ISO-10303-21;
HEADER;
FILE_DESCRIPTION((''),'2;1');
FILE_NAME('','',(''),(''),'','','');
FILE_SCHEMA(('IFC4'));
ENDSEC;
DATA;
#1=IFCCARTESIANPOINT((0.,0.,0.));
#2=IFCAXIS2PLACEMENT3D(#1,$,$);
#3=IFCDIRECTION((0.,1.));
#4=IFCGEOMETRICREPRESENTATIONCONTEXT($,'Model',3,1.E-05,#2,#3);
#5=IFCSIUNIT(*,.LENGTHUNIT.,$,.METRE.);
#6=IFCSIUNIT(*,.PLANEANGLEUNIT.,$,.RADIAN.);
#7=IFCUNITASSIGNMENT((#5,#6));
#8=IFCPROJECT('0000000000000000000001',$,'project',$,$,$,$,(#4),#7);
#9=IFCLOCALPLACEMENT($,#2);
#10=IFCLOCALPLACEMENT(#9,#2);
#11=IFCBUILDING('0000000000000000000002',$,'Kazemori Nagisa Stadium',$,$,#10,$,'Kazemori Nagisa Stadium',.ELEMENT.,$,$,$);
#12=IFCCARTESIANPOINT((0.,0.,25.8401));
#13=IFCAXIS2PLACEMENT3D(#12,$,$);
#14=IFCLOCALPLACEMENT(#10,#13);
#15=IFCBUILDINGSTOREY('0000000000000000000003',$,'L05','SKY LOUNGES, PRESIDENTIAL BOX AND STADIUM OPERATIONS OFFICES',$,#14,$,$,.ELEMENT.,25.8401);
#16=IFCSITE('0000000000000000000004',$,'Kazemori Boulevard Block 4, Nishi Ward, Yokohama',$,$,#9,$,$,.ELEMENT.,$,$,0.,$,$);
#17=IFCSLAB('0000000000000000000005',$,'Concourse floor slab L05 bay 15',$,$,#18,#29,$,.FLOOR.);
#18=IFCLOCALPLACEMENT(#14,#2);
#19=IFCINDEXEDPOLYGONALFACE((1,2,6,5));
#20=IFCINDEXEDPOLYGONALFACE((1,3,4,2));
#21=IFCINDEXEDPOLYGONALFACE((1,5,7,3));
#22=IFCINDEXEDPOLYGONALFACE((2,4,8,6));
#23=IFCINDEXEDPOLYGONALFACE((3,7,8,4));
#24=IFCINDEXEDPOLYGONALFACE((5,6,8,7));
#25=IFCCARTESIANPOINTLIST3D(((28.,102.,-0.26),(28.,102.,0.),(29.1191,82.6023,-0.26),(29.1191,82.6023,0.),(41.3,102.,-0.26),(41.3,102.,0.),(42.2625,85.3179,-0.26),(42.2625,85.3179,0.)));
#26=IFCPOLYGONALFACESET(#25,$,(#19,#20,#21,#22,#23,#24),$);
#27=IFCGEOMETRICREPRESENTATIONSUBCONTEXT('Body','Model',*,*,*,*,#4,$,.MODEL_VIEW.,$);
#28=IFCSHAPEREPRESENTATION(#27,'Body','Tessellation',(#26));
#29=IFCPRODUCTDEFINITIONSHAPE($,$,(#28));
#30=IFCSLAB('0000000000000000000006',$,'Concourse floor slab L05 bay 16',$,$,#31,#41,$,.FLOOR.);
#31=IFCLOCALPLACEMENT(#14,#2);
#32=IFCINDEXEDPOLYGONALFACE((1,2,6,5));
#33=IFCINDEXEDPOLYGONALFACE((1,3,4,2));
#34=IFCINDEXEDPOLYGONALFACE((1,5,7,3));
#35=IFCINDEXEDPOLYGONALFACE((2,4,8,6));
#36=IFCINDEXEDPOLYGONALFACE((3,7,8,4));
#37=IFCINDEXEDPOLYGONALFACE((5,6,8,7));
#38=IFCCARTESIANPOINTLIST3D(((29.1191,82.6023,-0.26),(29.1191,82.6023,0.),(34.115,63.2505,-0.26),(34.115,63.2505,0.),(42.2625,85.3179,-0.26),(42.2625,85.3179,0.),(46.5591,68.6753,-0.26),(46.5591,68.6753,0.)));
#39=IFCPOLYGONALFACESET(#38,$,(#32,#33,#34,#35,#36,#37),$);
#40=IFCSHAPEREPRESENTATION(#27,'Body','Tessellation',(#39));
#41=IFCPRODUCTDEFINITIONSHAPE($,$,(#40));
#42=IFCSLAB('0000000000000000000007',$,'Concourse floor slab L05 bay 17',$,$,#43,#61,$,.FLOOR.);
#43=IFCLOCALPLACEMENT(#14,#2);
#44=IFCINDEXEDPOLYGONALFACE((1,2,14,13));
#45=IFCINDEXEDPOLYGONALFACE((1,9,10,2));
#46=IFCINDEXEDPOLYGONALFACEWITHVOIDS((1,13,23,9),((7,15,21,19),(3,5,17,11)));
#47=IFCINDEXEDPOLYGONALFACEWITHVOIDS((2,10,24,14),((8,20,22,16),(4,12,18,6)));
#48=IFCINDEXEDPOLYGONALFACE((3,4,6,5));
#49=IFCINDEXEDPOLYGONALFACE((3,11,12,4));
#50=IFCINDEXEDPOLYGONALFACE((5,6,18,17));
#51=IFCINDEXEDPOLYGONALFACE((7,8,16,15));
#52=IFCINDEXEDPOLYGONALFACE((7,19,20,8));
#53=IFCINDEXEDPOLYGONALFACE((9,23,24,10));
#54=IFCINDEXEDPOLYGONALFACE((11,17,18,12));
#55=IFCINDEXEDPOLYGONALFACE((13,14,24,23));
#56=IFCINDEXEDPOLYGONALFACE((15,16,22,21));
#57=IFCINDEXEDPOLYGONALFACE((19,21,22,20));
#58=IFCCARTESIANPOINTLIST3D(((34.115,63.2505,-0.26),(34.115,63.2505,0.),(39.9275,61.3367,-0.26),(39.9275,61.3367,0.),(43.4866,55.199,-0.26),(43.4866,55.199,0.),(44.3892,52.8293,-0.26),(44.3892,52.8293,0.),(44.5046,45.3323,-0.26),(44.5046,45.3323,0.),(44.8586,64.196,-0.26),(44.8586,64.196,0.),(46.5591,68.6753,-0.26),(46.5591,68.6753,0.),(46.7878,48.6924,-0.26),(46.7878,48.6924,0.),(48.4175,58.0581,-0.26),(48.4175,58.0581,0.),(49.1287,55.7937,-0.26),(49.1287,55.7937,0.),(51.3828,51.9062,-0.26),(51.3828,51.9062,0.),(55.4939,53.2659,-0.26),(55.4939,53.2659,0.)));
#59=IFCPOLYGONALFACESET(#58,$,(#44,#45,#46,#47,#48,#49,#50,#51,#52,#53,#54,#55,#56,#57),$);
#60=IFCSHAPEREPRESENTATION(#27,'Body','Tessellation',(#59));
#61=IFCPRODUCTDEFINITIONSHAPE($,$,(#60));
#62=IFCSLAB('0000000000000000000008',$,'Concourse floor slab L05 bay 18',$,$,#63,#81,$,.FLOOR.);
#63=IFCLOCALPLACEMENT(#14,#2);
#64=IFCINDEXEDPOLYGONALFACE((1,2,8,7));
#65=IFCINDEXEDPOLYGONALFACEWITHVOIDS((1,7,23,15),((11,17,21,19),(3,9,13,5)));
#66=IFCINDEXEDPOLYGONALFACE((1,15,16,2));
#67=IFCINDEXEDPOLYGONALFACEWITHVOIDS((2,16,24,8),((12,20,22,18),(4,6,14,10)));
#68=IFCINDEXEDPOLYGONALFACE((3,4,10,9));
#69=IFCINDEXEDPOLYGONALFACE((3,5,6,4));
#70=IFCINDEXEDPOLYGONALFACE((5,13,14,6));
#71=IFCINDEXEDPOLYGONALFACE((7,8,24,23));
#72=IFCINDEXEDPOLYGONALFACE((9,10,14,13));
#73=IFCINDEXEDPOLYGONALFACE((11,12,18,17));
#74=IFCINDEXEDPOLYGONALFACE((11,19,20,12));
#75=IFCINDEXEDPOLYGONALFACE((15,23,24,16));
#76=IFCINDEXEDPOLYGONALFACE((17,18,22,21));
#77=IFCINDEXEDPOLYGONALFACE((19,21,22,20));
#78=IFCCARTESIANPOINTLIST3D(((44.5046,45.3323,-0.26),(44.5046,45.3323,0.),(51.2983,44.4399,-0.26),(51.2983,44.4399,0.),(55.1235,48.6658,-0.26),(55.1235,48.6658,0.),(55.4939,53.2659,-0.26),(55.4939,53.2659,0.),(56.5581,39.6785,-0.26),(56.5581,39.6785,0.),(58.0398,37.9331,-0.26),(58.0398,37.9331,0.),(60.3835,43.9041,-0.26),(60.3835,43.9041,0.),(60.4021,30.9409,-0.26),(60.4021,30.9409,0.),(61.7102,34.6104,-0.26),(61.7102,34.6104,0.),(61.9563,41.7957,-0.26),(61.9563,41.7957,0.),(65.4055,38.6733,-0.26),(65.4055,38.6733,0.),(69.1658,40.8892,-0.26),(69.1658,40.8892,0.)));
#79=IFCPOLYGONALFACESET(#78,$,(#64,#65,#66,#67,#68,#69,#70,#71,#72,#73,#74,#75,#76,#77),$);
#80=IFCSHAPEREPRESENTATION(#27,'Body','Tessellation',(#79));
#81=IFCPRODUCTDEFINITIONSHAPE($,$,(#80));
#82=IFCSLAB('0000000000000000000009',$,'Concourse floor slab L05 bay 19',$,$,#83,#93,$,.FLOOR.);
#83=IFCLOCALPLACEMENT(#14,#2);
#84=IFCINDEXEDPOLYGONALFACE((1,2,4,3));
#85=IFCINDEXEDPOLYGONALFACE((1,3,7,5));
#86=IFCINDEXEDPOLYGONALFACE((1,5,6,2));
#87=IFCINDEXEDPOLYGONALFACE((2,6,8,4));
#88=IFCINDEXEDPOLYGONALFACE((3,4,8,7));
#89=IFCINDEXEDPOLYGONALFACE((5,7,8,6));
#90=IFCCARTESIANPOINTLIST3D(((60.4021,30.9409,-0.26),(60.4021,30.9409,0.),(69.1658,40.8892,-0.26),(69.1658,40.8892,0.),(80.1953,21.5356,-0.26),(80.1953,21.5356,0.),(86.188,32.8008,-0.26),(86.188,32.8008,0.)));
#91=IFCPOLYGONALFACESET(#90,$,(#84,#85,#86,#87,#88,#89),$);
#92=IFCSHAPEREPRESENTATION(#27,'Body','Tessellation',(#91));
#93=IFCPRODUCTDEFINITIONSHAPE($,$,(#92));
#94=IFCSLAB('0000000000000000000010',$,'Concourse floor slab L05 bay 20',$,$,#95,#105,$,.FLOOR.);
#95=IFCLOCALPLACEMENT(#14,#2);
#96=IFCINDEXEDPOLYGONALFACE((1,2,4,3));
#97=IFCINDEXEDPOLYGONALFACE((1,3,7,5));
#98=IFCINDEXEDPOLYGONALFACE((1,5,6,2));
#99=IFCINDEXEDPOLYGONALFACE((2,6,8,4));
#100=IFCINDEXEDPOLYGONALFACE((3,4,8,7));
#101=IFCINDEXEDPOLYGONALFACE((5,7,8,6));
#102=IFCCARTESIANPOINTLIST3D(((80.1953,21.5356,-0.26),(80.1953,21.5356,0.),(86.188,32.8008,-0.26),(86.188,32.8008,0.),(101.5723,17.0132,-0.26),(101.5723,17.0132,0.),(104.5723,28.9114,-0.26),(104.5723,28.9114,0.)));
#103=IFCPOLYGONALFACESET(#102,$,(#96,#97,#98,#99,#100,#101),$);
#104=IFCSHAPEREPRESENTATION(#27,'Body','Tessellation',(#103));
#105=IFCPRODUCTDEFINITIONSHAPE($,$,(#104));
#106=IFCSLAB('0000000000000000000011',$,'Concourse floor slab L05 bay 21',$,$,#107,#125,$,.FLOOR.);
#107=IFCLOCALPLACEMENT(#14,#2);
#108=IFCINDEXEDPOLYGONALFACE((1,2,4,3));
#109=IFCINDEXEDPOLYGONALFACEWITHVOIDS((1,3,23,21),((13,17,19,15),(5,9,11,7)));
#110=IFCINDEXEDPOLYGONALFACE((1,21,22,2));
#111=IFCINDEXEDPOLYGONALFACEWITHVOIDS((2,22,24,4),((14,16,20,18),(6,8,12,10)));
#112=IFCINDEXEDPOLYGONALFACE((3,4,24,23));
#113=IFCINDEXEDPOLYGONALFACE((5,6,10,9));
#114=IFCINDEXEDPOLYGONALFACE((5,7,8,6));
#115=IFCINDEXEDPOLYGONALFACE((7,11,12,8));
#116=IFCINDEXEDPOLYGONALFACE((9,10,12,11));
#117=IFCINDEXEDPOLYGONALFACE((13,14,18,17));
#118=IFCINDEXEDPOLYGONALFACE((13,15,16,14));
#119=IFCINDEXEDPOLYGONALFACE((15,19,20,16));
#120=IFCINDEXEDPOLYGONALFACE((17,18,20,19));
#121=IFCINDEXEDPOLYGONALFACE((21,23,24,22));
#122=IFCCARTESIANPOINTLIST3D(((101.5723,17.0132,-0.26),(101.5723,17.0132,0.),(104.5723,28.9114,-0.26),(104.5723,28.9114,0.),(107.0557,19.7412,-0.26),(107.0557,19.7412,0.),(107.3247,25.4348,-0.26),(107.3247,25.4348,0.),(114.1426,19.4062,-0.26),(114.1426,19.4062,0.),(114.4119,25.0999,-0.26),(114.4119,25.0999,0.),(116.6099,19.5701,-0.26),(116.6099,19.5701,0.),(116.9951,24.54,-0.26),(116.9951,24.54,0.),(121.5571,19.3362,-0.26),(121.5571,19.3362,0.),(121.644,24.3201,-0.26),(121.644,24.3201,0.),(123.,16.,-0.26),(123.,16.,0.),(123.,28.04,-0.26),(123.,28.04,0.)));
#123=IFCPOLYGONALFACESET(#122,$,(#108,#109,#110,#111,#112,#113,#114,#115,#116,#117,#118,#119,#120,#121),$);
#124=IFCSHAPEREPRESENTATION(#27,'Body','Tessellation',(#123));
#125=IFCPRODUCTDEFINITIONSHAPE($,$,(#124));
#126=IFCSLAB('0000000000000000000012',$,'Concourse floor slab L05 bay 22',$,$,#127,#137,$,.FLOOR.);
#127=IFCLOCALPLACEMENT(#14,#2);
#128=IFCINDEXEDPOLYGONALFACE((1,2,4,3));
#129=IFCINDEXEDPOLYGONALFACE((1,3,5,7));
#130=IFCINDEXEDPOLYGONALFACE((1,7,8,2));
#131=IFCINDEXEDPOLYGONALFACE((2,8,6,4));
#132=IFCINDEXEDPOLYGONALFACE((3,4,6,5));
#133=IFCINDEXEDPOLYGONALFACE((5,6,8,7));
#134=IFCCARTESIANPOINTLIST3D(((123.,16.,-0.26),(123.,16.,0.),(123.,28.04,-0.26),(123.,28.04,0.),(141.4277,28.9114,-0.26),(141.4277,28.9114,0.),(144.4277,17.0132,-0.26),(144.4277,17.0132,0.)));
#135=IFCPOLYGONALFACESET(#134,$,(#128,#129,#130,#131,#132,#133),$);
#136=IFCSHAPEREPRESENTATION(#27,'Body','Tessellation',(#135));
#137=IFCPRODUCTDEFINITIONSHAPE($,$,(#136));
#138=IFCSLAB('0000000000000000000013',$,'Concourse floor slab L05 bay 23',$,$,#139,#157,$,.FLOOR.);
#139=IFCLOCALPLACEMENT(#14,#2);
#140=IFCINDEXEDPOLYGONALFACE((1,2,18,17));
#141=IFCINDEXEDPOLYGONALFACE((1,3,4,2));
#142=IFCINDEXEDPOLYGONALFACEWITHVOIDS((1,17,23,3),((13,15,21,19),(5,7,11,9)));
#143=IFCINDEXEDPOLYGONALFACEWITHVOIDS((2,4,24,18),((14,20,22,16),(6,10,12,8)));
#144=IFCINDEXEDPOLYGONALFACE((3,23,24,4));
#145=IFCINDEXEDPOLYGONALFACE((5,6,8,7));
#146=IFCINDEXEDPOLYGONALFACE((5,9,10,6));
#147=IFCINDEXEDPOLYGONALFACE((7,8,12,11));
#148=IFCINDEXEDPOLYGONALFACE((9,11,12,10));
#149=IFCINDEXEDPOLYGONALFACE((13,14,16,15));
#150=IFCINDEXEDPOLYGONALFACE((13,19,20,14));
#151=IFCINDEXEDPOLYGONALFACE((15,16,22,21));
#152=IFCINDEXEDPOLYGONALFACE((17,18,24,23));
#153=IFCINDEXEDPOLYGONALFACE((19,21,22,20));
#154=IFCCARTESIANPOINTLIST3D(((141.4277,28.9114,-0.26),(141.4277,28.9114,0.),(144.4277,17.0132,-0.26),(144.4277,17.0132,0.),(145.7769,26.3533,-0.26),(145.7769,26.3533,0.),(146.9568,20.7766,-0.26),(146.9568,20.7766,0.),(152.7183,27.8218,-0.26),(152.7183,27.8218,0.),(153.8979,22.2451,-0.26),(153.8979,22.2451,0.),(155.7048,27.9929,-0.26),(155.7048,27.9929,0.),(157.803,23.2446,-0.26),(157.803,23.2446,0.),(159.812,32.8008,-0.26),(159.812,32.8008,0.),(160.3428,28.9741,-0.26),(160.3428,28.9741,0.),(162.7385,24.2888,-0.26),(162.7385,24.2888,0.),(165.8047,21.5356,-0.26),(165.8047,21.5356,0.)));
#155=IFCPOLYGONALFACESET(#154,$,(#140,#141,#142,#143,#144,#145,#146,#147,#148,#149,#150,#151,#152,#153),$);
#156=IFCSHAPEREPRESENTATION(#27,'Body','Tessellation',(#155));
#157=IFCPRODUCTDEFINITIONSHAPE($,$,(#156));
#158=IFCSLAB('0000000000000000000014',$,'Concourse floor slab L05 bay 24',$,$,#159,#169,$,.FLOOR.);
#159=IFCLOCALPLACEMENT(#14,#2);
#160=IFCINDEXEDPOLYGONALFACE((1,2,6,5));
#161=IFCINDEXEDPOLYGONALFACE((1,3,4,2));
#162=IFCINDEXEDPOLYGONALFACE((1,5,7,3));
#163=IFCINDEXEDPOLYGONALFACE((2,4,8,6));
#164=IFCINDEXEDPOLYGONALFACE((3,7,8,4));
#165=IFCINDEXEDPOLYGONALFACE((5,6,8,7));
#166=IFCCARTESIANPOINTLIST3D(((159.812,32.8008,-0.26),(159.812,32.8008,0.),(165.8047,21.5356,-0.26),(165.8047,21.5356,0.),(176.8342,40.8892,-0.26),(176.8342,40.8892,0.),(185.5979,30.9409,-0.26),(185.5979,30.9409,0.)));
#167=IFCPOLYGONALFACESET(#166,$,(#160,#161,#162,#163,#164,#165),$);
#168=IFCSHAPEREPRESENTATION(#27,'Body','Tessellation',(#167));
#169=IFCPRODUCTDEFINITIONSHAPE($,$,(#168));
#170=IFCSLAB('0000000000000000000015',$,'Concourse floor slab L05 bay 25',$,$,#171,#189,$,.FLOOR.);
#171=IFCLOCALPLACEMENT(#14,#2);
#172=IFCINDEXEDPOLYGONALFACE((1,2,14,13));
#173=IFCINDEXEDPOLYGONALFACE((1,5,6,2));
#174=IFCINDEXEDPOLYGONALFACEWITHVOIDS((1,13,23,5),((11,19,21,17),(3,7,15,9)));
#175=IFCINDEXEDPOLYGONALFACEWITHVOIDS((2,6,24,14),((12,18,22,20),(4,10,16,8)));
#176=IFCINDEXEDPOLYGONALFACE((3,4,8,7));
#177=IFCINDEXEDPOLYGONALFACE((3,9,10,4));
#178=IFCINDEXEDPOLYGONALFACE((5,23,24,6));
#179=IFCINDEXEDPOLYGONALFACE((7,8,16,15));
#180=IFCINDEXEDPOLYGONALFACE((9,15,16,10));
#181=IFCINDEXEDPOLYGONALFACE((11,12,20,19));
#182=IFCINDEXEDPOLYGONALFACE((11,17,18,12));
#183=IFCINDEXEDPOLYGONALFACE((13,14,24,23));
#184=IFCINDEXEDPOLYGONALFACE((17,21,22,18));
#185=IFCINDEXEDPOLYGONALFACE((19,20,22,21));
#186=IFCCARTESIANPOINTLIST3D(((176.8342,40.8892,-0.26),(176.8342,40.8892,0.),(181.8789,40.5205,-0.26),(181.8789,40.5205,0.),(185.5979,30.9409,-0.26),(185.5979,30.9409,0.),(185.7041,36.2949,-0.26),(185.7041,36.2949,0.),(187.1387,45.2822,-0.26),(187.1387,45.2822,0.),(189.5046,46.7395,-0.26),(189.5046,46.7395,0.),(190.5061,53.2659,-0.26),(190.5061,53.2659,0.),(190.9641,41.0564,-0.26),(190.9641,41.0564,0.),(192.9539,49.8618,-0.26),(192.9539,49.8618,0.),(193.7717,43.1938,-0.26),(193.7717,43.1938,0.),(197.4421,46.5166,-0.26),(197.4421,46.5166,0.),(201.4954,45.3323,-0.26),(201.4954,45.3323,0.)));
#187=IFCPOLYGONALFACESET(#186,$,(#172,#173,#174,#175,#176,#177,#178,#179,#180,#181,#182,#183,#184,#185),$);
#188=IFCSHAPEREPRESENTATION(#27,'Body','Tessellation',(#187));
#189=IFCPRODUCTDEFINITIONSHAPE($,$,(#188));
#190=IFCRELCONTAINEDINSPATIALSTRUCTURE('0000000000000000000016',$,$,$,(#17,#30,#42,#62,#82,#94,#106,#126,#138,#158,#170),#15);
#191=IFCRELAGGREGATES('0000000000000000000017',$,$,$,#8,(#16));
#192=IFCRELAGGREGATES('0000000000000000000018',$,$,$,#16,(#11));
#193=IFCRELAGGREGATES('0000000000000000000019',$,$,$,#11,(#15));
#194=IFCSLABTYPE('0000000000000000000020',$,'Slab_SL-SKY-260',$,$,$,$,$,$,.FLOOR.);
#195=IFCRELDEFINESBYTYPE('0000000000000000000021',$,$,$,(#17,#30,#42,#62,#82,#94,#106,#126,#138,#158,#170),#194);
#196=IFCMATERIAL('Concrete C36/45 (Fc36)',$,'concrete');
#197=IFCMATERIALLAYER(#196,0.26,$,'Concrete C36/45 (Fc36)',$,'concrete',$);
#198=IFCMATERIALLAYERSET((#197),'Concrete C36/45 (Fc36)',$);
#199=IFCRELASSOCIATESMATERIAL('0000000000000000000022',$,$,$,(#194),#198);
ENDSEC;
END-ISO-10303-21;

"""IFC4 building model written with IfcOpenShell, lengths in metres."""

from ifc_helpers import new_model, si_unit, direction, frame, origin, place, context, subcontext, project, spatial, polyline, outline, extrude, material, layer, layer_set, type_object, element, save


model = new_model("IFC4")

# Units and contexts
model_context = context("Model", 3, precision=1e-05, world=origin(), true_north=direction((0.0, 1.0)))
body_context = subcontext(model_context, "Body", "Model", "MODEL_VIEW")
ifc_project = project(units=[si_unit("LENGTHUNIT", "METRE"), si_unit("PLANEANGLEUNIT", "RADIAN")], contexts=[model_context])

# Site, building, storey
site_placement = place(None, origin())
site = spatial("IfcSite", under=ifc_project, at=site_placement, Name="Kazemori Boulevard Block 4, Nishi Ward, Yokohama", CompositionType="ELEMENT", RefElevation=0.0)
building_placement = place(site_placement, origin())
building = spatial("IfcBuilding", under=site, at=building_placement, Name="Kazemori Nagisa Stadium", LongName="Kazemori Nagisa Stadium", CompositionType="ELEMENT")
storey_placement = place(building_placement, frame((0.0, 0.0, 25.8401)))
storey = spatial("IfcBuildingStorey", under=building, at=storey_placement, Name="L05", Description="SKY LOUNGES, PRESIDENTIAL BOX AND STADIUM OPERATIONS OFFICES", CompositionType="ELEMENT", Elevation=25.8401)

# Slabs
ifc_material = material(Name="Concrete C36/45 (Fc36)", Category="concrete")
ifc_layer = layer(ifc_material, 0.26, Name="Concrete C36/45 (Fc36)", Category="concrete")
ifc_layer_set = layer_set([ifc_layer], Name="Concrete C36/45 (Fc36)")
slab_type = type_object("IfcSlabType", Name="Slab_SL-SKY-260", PredefinedType="FLOOR", material=ifc_layer_set)
slab_1_placement = place(storey_placement, frame((0.0, 0.0, -0.26)))
element("IfcSlab", 1, at=slab_1_placement, inside=storey, type_object=slab_type, Name="Concourse floor slab L05 bay 15", PredefinedType="FLOOR", context=body_context, shape_type="SweptSolid", body=[
    extrude(outline(polyline([(41.3, 102.0), (42.2625, 85.3179), (29.1191, 82.6023), (28.0, 102.0), (41.3, 102.0)])), origin(), (0.0, 0.0, 1.0), 0.26),
])
slab_2_placement = place(storey_placement, frame((0.0, 0.0, -0.26)))
element("IfcSlab", 2, at=slab_2_placement, inside=storey, type_object=slab_type, Name="Concourse floor slab L05 bay 16", PredefinedType="FLOOR", context=body_context, shape_type="SweptSolid", body=[
    extrude(outline(polyline([(42.2625, 85.3179), (46.5591, 68.6753), (34.115, 63.2505), (29.1191, 82.6023), (42.2625, 85.3179)])), origin(), (0.0, 0.0, 1.0), 0.26),
])
slab_3_placement = place(storey_placement, frame((0.0, 0.0, -0.26)))
element("IfcSlab", 3, at=slab_3_placement, inside=storey, type_object=slab_type, Name="Concourse floor slab L05 bay 17", PredefinedType="FLOOR", context=body_context, shape_type="SweptSolid", body=[
    extrude(outline(polyline([(46.5591, 68.6753), (55.4939, 53.2659), (44.5046, 45.3323), (34.115, 63.2505), (46.5591, 68.6753)]), holes=[polyline([(44.8586, 64.196), (48.4175, 58.0581), (43.4866, 55.199), (39.9275, 61.3367), (44.8586, 64.196)]), polyline([(49.1287, 55.7937), (51.3828, 51.9062), (46.7878, 48.6924), (44.3892, 52.8293), (49.1287, 55.7937)])]), origin(), (0.0, 0.0, 1.0), 0.26),
])
slab_4_placement = place(storey_placement, frame((0.0, 0.0, -0.26)))
element("IfcSlab", 4, at=slab_4_placement, inside=storey, type_object=slab_type, Name="Concourse floor slab L05 bay 18", PredefinedType="FLOOR", context=body_context, shape_type="SweptSolid", body=[
    extrude(outline(polyline([(55.4939, 53.2659), (69.1658, 40.8892), (60.4021, 30.9409), (44.5046, 45.3323), (55.4939, 53.2659)]), holes=[polyline([(55.1235, 48.6658), (60.3835, 43.9041), (56.5581, 39.6785), (51.2983, 44.4399), (55.1235, 48.6658)]), polyline([(61.9563, 41.7957), (65.4055, 38.6733), (61.7102, 34.6104), (58.0398, 37.9331), (61.9563, 41.7957)])]), origin(), (0.0, 0.0, 1.0), 0.26),
])
slab_5_placement = place(storey_placement, frame((0.0, 0.0, -0.26)))
element("IfcSlab", 5, at=slab_5_placement, inside=storey, type_object=slab_type, Name="Concourse floor slab L05 bay 19", PredefinedType="FLOOR", context=body_context, shape_type="SweptSolid", body=[
    extrude(outline(polyline([(69.1658, 40.8892), (86.188, 32.8008), (80.1953, 21.5356), (60.4021, 30.9409), (69.1658, 40.8892)])), origin(), (0.0, 0.0, 1.0), 0.26),
])
slab_6_placement = place(storey_placement, frame((0.0, 0.0, -0.26)))
element("IfcSlab", 6, at=slab_6_placement, inside=storey, type_object=slab_type, Name="Concourse floor slab L05 bay 20", PredefinedType="FLOOR", context=body_context, shape_type="SweptSolid", body=[
    extrude(outline(polyline([(86.188, 32.8008), (104.5723, 28.9114), (101.5723, 17.0132), (80.1953, 21.5356), (86.188, 32.8008)])), origin(), (0.0, 0.0, 1.0), 0.26),
])
slab_7_placement = place(storey_placement, frame((0.0, 0.0, -0.26)))
element("IfcSlab", 7, at=slab_7_placement, inside=storey, type_object=slab_type, Name="Concourse floor slab L05 bay 21", PredefinedType="FLOOR", context=body_context, shape_type="SweptSolid", body=[
    extrude(outline(polyline([(104.5723, 28.9114), (123.0, 28.04), (123.0, 16.0), (101.5723, 17.0132), (104.5723, 28.9114)]), holes=[polyline([(107.3247, 25.4348), (114.4119, 25.0999), (114.1426, 19.4062), (107.0557, 19.7412), (107.3247, 25.4348)]), polyline([(116.9951, 24.54), (121.644, 24.3201), (121.5571, 19.3362), (116.6099, 19.5701), (116.9951, 24.54)])]), origin(), (0.0, 0.0, 1.0), 0.26),
])
slab_8_placement = place(storey_placement, frame((0.0, 0.0, -0.26)))
element("IfcSlab", 8, at=slab_8_placement, inside=storey, type_object=slab_type, Name="Concourse floor slab L05 bay 22", PredefinedType="FLOOR", context=body_context, shape_type="SweptSolid", body=[
    extrude(outline(polyline([(123.0, 28.04), (141.4277, 28.9114), (144.4277, 17.0132), (123.0, 16.0), (123.0, 28.04)])), origin(), (0.0, 0.0, 1.0), 0.26),
])
slab_9_placement = place(storey_placement, frame((0.0, 0.0, -0.26)))
element("IfcSlab", 9, at=slab_9_placement, inside=storey, type_object=slab_type, Name="Concourse floor slab L05 bay 23", PredefinedType="FLOOR", context=body_context, shape_type="SweptSolid", body=[
    extrude(outline(polyline([(141.4277, 28.9114), (159.812, 32.8008), (165.8047, 21.5356), (144.4277, 17.0132), (141.4277, 28.9114)]), holes=[polyline([(145.7769, 26.3533), (152.7183, 27.8218), (153.8979, 22.2451), (146.9568, 20.7766), (145.7769, 26.3533)]), polyline([(155.7048, 27.9929), (160.3428, 28.9741), (162.7385, 24.2888), (157.803, 23.2446), (155.7048, 27.9929)])]), origin(), (0.0, 0.0, 1.0), 0.26),
])
slab_10_placement = place(storey_placement, frame((0.0, 0.0, -0.26)))
element("IfcSlab", 10, at=slab_10_placement, inside=storey, type_object=slab_type, Name="Concourse floor slab L05 bay 24", PredefinedType="FLOOR", context=body_context, shape_type="SweptSolid", body=[
    extrude(outline(polyline([(159.812, 32.8008), (176.8342, 40.8892), (185.5979, 30.9409), (165.8047, 21.5356), (159.812, 32.8008)])), origin(), (0.0, 0.0, 1.0), 0.26),
])
slab_11_placement = place(storey_placement, frame((0.0, 0.0, -0.26)))
element("IfcSlab", 11, at=slab_11_placement, inside=storey, type_object=slab_type, Name="Concourse floor slab L05 bay 25", PredefinedType="FLOOR", context=body_context, shape_type="SweptSolid", body=[
    extrude(outline(polyline([(176.8342, 40.8892), (190.5061, 53.2659), (201.4954, 45.3323), (185.5979, 30.9409), (176.8342, 40.8892)]), holes=[polyline([(181.8789, 40.5205), (187.1387, 45.2822), (190.9641, 41.0564), (185.7041, 36.2949), (181.8789, 40.5205)]), polyline([(189.5046, 46.7395), (192.9539, 49.8618), (197.4421, 46.5166), (193.7717, 43.1938), (189.5046, 46.7395)])]), origin(), (0.0, 0.0, 1.0), 0.26),
])

save(model, "model.ifc")
